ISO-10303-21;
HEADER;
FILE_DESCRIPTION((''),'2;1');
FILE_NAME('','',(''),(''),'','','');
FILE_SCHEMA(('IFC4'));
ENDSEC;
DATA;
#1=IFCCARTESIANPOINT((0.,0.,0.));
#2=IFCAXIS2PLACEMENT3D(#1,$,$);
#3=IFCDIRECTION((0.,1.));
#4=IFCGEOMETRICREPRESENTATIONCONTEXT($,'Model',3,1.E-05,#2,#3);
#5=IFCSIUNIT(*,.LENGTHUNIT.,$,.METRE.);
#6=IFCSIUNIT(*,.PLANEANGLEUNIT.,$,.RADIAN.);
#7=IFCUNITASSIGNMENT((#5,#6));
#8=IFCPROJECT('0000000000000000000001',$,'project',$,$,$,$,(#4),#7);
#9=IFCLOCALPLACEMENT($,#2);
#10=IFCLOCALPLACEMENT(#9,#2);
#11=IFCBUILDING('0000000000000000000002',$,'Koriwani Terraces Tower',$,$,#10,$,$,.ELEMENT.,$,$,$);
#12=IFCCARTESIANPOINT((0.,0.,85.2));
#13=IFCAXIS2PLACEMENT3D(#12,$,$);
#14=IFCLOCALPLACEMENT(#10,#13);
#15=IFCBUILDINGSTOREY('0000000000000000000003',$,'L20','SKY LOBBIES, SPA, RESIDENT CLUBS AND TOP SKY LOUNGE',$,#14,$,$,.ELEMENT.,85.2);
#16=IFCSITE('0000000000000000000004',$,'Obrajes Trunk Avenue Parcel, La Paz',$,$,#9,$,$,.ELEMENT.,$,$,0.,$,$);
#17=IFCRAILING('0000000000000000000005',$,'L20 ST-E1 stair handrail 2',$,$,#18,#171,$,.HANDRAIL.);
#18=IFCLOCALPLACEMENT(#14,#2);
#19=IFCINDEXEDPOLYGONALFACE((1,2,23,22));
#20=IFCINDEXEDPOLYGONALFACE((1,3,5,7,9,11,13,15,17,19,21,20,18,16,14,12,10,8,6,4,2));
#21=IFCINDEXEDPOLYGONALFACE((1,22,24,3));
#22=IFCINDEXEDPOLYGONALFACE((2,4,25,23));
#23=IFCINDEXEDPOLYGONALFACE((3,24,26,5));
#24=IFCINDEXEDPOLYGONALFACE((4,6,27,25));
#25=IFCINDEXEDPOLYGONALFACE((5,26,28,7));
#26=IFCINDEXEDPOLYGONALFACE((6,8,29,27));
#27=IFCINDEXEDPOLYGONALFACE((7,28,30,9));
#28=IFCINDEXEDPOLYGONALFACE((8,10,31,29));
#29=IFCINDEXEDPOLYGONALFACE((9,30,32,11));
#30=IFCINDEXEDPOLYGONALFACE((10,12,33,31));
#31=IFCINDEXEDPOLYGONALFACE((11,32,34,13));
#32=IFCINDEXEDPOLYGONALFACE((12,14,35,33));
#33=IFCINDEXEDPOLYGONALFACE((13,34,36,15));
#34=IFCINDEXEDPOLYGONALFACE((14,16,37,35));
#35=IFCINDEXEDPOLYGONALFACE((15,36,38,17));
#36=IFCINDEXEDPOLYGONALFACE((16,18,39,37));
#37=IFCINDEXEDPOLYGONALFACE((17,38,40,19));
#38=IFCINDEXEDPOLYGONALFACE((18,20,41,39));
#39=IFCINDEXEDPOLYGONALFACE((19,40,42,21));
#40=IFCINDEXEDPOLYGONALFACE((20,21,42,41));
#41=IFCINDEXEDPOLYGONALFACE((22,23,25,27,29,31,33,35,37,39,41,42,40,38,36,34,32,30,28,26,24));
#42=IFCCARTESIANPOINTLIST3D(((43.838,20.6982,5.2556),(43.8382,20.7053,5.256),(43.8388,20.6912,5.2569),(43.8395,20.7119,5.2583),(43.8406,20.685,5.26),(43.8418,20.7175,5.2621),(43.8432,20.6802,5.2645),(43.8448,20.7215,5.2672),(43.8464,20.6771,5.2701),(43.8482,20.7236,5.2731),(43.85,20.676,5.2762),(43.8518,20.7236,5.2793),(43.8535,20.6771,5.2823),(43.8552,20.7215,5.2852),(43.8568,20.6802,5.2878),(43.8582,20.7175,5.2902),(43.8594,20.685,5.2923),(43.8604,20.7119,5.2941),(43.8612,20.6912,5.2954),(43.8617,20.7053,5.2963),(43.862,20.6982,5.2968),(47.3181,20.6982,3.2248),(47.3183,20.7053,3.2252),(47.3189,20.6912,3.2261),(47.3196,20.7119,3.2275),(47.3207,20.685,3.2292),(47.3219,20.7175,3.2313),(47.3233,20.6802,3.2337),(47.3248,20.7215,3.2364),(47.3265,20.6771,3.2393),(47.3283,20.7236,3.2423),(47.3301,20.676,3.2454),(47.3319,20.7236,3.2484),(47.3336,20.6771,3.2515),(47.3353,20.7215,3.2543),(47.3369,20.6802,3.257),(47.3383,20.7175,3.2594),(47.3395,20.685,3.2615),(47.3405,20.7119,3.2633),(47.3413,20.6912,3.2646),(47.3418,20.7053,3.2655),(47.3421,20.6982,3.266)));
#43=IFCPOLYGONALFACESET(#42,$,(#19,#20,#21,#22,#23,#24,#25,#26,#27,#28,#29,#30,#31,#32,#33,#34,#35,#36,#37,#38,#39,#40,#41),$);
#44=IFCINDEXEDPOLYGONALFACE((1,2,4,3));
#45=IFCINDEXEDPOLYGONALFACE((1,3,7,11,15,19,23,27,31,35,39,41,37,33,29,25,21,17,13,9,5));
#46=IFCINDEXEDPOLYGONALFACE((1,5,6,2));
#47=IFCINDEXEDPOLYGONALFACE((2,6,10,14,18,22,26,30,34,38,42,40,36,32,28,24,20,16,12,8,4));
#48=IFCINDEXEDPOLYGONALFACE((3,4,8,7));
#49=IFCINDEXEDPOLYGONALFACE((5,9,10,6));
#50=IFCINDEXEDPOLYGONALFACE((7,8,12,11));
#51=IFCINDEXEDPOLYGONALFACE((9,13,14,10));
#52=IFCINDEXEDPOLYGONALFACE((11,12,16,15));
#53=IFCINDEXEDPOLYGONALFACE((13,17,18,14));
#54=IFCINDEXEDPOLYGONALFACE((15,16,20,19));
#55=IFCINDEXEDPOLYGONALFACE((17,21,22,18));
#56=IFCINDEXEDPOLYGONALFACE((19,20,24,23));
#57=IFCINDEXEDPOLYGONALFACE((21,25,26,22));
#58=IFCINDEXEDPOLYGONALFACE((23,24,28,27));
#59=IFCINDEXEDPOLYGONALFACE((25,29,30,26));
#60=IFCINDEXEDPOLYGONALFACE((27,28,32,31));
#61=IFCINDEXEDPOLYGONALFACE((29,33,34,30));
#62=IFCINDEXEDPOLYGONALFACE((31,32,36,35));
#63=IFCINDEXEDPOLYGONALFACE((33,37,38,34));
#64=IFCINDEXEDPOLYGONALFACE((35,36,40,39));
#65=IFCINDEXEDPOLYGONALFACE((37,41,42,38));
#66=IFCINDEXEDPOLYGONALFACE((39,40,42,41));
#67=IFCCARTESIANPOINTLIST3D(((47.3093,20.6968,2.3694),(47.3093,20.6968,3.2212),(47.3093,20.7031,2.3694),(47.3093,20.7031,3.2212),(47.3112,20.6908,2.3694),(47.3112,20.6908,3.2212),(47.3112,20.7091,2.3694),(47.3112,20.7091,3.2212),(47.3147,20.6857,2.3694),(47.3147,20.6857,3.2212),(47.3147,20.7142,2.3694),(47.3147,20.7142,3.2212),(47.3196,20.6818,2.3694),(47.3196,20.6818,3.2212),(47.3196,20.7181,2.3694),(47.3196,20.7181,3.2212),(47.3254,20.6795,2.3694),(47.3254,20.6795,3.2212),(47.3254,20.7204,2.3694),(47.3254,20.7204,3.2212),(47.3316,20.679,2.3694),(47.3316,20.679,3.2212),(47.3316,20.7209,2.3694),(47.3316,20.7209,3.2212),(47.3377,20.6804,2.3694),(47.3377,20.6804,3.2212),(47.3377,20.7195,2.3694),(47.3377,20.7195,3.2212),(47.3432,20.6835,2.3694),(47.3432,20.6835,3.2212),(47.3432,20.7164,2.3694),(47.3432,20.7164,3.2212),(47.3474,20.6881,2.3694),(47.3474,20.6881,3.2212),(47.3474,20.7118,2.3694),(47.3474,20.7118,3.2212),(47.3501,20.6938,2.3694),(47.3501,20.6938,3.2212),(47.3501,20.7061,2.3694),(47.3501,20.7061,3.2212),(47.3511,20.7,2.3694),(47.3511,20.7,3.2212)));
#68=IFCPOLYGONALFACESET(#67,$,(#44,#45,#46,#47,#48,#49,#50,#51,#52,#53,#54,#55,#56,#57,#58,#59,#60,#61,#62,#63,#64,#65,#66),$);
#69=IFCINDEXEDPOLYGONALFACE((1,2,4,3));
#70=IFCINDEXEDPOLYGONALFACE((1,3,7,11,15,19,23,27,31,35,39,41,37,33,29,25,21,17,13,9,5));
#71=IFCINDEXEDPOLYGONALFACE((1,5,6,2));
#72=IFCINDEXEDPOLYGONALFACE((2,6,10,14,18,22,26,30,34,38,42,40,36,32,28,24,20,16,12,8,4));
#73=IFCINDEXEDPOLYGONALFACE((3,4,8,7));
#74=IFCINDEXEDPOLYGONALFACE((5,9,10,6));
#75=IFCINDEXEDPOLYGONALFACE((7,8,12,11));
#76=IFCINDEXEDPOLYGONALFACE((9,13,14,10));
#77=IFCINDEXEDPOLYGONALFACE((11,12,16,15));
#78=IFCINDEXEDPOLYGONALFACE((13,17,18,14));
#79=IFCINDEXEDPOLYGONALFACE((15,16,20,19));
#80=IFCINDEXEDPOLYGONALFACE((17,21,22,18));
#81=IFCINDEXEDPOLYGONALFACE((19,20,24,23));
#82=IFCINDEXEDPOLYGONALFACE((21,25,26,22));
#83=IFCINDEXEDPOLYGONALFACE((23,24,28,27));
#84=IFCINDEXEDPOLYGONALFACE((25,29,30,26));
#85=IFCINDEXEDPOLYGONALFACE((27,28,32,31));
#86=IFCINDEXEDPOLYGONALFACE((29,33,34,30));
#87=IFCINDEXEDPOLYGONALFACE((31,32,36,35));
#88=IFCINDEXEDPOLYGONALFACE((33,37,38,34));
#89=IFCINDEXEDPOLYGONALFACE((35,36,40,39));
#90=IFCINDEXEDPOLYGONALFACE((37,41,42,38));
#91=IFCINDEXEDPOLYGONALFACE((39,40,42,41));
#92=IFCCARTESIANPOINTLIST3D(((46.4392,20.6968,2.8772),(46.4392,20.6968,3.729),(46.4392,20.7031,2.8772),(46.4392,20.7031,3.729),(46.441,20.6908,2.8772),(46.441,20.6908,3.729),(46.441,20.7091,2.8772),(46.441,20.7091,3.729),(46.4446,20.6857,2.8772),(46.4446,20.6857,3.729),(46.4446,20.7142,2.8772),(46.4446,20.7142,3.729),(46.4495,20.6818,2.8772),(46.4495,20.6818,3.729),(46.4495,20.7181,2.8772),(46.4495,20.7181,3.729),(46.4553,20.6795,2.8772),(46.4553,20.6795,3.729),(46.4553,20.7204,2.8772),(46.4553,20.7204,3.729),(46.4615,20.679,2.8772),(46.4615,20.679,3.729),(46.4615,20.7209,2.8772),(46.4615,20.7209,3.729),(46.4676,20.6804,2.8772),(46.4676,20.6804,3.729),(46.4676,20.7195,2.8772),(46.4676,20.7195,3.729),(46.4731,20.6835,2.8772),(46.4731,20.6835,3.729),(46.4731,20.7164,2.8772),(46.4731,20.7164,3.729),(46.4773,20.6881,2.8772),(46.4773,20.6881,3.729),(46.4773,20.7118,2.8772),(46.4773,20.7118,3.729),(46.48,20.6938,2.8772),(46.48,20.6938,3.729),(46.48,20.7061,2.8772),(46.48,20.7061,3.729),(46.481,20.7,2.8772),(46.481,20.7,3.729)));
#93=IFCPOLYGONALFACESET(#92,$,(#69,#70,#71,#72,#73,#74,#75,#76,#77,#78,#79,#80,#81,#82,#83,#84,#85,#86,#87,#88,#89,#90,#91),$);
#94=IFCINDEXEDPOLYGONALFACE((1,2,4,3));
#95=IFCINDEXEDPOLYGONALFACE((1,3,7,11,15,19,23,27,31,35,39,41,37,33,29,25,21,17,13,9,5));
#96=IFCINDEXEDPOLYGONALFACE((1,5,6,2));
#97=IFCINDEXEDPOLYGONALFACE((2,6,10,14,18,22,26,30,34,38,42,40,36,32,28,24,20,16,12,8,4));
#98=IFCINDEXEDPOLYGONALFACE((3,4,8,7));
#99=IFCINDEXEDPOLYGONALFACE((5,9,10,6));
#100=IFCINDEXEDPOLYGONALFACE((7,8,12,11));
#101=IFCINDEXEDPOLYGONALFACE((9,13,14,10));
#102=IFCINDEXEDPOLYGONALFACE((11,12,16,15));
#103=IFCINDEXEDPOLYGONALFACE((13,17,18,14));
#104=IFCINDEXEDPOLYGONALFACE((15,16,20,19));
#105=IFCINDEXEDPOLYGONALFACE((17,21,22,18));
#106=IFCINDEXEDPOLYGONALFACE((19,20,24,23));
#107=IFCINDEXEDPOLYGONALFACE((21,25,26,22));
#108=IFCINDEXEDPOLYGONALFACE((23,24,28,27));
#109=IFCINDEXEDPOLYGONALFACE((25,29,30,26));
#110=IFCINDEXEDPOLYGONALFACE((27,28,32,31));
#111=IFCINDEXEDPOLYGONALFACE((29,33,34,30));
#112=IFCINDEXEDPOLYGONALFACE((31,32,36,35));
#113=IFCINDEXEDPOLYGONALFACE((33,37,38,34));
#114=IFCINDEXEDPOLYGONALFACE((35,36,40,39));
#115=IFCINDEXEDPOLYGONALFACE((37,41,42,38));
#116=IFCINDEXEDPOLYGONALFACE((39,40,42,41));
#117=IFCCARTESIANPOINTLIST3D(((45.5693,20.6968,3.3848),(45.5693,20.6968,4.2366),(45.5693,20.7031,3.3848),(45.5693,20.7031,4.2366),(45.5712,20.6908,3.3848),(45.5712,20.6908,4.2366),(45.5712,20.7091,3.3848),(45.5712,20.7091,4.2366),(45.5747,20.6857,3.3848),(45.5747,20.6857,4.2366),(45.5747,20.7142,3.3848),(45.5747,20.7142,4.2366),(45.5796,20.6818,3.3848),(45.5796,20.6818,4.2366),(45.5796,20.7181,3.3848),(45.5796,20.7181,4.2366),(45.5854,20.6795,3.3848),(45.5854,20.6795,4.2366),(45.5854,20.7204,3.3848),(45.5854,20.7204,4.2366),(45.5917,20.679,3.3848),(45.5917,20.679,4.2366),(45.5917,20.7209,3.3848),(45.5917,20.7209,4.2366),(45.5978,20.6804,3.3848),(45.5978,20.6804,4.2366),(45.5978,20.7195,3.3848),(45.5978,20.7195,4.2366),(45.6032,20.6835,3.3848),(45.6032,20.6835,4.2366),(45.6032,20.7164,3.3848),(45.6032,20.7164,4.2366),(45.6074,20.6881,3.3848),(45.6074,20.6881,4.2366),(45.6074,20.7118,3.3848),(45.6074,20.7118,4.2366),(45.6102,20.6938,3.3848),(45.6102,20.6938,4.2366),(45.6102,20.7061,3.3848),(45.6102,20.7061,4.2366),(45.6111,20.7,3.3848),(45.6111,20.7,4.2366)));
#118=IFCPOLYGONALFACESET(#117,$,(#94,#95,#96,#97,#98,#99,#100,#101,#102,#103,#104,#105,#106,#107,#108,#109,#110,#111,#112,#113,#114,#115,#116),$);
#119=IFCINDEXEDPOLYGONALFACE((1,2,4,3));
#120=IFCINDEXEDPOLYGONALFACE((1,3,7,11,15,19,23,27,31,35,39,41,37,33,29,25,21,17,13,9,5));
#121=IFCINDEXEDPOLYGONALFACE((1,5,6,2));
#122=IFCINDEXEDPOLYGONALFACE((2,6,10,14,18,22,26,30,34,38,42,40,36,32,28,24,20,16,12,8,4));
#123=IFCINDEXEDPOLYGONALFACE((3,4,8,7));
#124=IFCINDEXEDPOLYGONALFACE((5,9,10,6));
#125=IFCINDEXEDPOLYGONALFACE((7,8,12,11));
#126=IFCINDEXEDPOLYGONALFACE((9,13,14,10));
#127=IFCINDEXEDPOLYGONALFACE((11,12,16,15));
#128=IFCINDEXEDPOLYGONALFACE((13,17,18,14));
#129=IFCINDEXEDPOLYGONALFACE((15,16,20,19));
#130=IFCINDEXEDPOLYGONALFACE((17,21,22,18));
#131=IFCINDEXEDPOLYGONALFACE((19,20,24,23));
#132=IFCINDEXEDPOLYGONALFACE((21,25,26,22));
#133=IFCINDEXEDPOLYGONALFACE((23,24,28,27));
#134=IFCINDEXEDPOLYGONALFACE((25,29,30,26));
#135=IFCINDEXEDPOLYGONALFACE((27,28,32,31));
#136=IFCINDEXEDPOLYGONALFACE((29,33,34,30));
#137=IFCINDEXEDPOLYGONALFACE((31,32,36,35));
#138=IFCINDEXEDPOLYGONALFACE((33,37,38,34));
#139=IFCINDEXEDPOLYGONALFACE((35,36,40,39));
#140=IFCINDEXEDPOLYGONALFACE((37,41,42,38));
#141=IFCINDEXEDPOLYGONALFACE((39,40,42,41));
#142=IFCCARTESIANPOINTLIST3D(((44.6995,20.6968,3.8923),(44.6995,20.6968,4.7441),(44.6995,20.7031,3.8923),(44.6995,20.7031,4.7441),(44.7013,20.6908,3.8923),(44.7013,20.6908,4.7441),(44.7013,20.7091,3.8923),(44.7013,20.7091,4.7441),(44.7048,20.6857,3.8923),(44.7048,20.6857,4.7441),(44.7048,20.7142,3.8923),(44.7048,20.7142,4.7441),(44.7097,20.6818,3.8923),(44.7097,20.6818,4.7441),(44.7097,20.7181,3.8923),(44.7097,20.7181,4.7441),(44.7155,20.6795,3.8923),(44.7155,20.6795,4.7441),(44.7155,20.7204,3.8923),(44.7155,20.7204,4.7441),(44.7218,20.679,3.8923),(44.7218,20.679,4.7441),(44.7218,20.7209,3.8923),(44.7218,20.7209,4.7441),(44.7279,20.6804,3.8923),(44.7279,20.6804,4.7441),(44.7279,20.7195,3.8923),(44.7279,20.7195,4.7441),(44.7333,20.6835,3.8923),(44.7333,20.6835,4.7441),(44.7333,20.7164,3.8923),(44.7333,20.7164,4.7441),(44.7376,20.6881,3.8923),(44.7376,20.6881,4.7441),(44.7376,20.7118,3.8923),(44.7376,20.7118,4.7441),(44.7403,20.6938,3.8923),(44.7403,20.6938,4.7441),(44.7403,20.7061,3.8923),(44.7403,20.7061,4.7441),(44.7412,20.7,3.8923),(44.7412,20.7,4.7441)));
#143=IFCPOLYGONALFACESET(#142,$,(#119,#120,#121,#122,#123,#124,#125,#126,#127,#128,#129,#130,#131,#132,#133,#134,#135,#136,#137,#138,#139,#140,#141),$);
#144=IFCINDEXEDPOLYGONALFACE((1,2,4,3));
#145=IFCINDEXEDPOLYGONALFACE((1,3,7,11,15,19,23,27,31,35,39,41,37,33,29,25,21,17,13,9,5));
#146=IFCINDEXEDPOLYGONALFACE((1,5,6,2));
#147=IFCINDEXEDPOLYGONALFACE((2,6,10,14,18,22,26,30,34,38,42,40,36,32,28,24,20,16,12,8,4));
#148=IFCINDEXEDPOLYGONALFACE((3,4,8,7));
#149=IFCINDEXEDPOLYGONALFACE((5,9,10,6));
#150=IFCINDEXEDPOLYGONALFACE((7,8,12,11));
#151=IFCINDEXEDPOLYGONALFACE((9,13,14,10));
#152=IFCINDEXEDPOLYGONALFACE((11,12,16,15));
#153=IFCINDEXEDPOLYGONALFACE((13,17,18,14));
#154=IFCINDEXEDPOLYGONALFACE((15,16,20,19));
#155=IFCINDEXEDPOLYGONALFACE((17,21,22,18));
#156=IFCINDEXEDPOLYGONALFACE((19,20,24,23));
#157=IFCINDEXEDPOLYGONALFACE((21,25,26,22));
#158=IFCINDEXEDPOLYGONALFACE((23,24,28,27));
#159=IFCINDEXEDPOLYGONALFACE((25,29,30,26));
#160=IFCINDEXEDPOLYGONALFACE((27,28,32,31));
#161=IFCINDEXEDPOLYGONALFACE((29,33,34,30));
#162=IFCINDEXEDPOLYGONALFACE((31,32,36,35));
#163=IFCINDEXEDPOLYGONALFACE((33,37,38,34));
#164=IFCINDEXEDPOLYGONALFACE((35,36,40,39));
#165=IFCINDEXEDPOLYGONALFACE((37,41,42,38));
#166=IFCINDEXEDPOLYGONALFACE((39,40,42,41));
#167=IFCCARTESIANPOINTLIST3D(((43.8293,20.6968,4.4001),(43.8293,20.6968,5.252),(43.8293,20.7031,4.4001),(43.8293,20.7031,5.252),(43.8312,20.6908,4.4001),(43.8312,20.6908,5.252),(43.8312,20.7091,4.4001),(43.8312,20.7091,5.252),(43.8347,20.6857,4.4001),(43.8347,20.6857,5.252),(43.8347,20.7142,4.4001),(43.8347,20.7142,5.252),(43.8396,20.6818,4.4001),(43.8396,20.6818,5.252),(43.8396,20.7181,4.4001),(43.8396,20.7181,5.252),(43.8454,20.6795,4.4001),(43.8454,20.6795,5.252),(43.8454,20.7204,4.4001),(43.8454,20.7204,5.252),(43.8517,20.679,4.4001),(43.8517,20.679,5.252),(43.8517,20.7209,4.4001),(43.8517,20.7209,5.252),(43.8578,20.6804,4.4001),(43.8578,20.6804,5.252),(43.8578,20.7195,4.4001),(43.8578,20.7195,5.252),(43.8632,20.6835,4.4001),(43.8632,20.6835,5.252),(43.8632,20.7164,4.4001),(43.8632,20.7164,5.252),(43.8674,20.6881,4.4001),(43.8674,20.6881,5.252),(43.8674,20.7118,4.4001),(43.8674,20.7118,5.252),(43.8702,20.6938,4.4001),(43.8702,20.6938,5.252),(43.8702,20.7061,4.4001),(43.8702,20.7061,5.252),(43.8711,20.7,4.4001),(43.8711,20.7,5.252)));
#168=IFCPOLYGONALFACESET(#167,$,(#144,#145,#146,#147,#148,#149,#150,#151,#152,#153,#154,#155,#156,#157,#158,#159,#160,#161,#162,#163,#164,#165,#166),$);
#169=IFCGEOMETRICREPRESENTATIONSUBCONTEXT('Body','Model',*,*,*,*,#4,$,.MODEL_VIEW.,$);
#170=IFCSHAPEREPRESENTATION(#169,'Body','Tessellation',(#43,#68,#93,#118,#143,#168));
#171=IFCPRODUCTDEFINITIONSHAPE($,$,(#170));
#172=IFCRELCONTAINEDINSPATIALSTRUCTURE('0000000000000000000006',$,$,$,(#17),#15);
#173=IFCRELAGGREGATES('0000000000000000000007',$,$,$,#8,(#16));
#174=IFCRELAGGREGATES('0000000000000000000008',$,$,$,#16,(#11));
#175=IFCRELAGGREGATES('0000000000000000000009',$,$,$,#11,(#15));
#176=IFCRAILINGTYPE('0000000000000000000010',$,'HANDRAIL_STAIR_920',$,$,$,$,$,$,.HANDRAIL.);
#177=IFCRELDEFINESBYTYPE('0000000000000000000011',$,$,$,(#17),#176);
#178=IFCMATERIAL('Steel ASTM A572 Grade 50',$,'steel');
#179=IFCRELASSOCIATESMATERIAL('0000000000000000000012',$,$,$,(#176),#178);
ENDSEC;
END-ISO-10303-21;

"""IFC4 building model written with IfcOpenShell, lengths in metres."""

from ifc_helpers import new_model, si_unit, direction, frame, origin, origin_2d, place, context, subcontext, project, spatial, circle, extrude, material, type_object, element, save


model = new_model("IFC4")

# Units and contexts
model_context = context("Model", 3, precision=1e-05, world=origin(), true_north=direction((0.0, 1.0)))
body_context = subcontext(model_context, "Body", "Model", "MODEL_VIEW")
ifc_project = project(units=[si_unit("LENGTHUNIT", "METRE"), si_unit("PLANEANGLEUNIT", "RADIAN")], contexts=[model_context])

# Site, building, storey
site_placement = place(None, origin())
site = spatial("IfcSite", under=ifc_project, at=site_placement, Name="Obrajes Trunk Avenue Parcel, La Paz", CompositionType="ELEMENT", RefElevation=0.0)
building_placement = place(site_placement, origin())
building = spatial("IfcBuilding", under=site, at=building_placement, Name="Koriwani Terraces Tower", CompositionType="ELEMENT")
storey_placement = place(building_placement, frame((0.0, 0.0, 85.2)))
storey = spatial("IfcBuildingStorey", under=building, at=storey_placement, Name="L20", Description="SKY LOBBIES, SPA, RESIDENT CLUBS AND TOP SKY LOUNGE", CompositionType="ELEMENT", Elevation=85.2)

# Shared definitions
ifc_material_1 = material(Name="Steel ASTM A572 Grade 50", Category="steel")

# Railing
railing_type_1 = type_object("IfcRailingType", Name="HANDRAIL_STAIR_920", PredefinedType="HANDRAIL", material=ifc_material_1)
railing_1_placement = place(storey_placement, frame((47.3301, 20.7, 2.3694)))
element("IfcRailing", 1, at=railing_1_placement, inside=storey, type_object=railing_type_1, Name="L20 ST-E1 stair handrail 2", PredefinedType="HANDRAIL", context=body_context, shape_type="SweptSolid", body=[
    extrude(circle(Radius=0.0239, at=origin_2d()), frame((0.0, 0.0, 0.876), z_axis=(-0.863695, 0.0, 0.504014), x_axis=(0.0, -1.0, 0.0)), (0.0, 0.0, 1.0), 4.0293),
    extrude(circle(Radius=0.021, at=origin_2d()), origin(), (0.0, 0.0, 1.0), 0.8518),
    extrude(circle(Radius=0.021, at=origin_2d()), frame((-0.8701, 0.0, 0.5078)), (0.0, 0.0, 1.0), 0.8518),
    extrude(circle(Radius=0.021, at=origin_2d()), frame((-1.74, 0.0, 1.0154)), (0.0, 0.0, 1.0), 0.8518),
    extrude(circle(Radius=0.021, at=origin_2d()), frame((-2.6099, 0.0, 1.5229)), (0.0, 0.0, 1.0), 0.8518),
    extrude(circle(Radius=0.021, at=origin_2d()), frame((-3.48, 0.0, 2.0308)), (0.0, 0.0, 1.0), 0.8518),
])

save(model, "model.ifc")
